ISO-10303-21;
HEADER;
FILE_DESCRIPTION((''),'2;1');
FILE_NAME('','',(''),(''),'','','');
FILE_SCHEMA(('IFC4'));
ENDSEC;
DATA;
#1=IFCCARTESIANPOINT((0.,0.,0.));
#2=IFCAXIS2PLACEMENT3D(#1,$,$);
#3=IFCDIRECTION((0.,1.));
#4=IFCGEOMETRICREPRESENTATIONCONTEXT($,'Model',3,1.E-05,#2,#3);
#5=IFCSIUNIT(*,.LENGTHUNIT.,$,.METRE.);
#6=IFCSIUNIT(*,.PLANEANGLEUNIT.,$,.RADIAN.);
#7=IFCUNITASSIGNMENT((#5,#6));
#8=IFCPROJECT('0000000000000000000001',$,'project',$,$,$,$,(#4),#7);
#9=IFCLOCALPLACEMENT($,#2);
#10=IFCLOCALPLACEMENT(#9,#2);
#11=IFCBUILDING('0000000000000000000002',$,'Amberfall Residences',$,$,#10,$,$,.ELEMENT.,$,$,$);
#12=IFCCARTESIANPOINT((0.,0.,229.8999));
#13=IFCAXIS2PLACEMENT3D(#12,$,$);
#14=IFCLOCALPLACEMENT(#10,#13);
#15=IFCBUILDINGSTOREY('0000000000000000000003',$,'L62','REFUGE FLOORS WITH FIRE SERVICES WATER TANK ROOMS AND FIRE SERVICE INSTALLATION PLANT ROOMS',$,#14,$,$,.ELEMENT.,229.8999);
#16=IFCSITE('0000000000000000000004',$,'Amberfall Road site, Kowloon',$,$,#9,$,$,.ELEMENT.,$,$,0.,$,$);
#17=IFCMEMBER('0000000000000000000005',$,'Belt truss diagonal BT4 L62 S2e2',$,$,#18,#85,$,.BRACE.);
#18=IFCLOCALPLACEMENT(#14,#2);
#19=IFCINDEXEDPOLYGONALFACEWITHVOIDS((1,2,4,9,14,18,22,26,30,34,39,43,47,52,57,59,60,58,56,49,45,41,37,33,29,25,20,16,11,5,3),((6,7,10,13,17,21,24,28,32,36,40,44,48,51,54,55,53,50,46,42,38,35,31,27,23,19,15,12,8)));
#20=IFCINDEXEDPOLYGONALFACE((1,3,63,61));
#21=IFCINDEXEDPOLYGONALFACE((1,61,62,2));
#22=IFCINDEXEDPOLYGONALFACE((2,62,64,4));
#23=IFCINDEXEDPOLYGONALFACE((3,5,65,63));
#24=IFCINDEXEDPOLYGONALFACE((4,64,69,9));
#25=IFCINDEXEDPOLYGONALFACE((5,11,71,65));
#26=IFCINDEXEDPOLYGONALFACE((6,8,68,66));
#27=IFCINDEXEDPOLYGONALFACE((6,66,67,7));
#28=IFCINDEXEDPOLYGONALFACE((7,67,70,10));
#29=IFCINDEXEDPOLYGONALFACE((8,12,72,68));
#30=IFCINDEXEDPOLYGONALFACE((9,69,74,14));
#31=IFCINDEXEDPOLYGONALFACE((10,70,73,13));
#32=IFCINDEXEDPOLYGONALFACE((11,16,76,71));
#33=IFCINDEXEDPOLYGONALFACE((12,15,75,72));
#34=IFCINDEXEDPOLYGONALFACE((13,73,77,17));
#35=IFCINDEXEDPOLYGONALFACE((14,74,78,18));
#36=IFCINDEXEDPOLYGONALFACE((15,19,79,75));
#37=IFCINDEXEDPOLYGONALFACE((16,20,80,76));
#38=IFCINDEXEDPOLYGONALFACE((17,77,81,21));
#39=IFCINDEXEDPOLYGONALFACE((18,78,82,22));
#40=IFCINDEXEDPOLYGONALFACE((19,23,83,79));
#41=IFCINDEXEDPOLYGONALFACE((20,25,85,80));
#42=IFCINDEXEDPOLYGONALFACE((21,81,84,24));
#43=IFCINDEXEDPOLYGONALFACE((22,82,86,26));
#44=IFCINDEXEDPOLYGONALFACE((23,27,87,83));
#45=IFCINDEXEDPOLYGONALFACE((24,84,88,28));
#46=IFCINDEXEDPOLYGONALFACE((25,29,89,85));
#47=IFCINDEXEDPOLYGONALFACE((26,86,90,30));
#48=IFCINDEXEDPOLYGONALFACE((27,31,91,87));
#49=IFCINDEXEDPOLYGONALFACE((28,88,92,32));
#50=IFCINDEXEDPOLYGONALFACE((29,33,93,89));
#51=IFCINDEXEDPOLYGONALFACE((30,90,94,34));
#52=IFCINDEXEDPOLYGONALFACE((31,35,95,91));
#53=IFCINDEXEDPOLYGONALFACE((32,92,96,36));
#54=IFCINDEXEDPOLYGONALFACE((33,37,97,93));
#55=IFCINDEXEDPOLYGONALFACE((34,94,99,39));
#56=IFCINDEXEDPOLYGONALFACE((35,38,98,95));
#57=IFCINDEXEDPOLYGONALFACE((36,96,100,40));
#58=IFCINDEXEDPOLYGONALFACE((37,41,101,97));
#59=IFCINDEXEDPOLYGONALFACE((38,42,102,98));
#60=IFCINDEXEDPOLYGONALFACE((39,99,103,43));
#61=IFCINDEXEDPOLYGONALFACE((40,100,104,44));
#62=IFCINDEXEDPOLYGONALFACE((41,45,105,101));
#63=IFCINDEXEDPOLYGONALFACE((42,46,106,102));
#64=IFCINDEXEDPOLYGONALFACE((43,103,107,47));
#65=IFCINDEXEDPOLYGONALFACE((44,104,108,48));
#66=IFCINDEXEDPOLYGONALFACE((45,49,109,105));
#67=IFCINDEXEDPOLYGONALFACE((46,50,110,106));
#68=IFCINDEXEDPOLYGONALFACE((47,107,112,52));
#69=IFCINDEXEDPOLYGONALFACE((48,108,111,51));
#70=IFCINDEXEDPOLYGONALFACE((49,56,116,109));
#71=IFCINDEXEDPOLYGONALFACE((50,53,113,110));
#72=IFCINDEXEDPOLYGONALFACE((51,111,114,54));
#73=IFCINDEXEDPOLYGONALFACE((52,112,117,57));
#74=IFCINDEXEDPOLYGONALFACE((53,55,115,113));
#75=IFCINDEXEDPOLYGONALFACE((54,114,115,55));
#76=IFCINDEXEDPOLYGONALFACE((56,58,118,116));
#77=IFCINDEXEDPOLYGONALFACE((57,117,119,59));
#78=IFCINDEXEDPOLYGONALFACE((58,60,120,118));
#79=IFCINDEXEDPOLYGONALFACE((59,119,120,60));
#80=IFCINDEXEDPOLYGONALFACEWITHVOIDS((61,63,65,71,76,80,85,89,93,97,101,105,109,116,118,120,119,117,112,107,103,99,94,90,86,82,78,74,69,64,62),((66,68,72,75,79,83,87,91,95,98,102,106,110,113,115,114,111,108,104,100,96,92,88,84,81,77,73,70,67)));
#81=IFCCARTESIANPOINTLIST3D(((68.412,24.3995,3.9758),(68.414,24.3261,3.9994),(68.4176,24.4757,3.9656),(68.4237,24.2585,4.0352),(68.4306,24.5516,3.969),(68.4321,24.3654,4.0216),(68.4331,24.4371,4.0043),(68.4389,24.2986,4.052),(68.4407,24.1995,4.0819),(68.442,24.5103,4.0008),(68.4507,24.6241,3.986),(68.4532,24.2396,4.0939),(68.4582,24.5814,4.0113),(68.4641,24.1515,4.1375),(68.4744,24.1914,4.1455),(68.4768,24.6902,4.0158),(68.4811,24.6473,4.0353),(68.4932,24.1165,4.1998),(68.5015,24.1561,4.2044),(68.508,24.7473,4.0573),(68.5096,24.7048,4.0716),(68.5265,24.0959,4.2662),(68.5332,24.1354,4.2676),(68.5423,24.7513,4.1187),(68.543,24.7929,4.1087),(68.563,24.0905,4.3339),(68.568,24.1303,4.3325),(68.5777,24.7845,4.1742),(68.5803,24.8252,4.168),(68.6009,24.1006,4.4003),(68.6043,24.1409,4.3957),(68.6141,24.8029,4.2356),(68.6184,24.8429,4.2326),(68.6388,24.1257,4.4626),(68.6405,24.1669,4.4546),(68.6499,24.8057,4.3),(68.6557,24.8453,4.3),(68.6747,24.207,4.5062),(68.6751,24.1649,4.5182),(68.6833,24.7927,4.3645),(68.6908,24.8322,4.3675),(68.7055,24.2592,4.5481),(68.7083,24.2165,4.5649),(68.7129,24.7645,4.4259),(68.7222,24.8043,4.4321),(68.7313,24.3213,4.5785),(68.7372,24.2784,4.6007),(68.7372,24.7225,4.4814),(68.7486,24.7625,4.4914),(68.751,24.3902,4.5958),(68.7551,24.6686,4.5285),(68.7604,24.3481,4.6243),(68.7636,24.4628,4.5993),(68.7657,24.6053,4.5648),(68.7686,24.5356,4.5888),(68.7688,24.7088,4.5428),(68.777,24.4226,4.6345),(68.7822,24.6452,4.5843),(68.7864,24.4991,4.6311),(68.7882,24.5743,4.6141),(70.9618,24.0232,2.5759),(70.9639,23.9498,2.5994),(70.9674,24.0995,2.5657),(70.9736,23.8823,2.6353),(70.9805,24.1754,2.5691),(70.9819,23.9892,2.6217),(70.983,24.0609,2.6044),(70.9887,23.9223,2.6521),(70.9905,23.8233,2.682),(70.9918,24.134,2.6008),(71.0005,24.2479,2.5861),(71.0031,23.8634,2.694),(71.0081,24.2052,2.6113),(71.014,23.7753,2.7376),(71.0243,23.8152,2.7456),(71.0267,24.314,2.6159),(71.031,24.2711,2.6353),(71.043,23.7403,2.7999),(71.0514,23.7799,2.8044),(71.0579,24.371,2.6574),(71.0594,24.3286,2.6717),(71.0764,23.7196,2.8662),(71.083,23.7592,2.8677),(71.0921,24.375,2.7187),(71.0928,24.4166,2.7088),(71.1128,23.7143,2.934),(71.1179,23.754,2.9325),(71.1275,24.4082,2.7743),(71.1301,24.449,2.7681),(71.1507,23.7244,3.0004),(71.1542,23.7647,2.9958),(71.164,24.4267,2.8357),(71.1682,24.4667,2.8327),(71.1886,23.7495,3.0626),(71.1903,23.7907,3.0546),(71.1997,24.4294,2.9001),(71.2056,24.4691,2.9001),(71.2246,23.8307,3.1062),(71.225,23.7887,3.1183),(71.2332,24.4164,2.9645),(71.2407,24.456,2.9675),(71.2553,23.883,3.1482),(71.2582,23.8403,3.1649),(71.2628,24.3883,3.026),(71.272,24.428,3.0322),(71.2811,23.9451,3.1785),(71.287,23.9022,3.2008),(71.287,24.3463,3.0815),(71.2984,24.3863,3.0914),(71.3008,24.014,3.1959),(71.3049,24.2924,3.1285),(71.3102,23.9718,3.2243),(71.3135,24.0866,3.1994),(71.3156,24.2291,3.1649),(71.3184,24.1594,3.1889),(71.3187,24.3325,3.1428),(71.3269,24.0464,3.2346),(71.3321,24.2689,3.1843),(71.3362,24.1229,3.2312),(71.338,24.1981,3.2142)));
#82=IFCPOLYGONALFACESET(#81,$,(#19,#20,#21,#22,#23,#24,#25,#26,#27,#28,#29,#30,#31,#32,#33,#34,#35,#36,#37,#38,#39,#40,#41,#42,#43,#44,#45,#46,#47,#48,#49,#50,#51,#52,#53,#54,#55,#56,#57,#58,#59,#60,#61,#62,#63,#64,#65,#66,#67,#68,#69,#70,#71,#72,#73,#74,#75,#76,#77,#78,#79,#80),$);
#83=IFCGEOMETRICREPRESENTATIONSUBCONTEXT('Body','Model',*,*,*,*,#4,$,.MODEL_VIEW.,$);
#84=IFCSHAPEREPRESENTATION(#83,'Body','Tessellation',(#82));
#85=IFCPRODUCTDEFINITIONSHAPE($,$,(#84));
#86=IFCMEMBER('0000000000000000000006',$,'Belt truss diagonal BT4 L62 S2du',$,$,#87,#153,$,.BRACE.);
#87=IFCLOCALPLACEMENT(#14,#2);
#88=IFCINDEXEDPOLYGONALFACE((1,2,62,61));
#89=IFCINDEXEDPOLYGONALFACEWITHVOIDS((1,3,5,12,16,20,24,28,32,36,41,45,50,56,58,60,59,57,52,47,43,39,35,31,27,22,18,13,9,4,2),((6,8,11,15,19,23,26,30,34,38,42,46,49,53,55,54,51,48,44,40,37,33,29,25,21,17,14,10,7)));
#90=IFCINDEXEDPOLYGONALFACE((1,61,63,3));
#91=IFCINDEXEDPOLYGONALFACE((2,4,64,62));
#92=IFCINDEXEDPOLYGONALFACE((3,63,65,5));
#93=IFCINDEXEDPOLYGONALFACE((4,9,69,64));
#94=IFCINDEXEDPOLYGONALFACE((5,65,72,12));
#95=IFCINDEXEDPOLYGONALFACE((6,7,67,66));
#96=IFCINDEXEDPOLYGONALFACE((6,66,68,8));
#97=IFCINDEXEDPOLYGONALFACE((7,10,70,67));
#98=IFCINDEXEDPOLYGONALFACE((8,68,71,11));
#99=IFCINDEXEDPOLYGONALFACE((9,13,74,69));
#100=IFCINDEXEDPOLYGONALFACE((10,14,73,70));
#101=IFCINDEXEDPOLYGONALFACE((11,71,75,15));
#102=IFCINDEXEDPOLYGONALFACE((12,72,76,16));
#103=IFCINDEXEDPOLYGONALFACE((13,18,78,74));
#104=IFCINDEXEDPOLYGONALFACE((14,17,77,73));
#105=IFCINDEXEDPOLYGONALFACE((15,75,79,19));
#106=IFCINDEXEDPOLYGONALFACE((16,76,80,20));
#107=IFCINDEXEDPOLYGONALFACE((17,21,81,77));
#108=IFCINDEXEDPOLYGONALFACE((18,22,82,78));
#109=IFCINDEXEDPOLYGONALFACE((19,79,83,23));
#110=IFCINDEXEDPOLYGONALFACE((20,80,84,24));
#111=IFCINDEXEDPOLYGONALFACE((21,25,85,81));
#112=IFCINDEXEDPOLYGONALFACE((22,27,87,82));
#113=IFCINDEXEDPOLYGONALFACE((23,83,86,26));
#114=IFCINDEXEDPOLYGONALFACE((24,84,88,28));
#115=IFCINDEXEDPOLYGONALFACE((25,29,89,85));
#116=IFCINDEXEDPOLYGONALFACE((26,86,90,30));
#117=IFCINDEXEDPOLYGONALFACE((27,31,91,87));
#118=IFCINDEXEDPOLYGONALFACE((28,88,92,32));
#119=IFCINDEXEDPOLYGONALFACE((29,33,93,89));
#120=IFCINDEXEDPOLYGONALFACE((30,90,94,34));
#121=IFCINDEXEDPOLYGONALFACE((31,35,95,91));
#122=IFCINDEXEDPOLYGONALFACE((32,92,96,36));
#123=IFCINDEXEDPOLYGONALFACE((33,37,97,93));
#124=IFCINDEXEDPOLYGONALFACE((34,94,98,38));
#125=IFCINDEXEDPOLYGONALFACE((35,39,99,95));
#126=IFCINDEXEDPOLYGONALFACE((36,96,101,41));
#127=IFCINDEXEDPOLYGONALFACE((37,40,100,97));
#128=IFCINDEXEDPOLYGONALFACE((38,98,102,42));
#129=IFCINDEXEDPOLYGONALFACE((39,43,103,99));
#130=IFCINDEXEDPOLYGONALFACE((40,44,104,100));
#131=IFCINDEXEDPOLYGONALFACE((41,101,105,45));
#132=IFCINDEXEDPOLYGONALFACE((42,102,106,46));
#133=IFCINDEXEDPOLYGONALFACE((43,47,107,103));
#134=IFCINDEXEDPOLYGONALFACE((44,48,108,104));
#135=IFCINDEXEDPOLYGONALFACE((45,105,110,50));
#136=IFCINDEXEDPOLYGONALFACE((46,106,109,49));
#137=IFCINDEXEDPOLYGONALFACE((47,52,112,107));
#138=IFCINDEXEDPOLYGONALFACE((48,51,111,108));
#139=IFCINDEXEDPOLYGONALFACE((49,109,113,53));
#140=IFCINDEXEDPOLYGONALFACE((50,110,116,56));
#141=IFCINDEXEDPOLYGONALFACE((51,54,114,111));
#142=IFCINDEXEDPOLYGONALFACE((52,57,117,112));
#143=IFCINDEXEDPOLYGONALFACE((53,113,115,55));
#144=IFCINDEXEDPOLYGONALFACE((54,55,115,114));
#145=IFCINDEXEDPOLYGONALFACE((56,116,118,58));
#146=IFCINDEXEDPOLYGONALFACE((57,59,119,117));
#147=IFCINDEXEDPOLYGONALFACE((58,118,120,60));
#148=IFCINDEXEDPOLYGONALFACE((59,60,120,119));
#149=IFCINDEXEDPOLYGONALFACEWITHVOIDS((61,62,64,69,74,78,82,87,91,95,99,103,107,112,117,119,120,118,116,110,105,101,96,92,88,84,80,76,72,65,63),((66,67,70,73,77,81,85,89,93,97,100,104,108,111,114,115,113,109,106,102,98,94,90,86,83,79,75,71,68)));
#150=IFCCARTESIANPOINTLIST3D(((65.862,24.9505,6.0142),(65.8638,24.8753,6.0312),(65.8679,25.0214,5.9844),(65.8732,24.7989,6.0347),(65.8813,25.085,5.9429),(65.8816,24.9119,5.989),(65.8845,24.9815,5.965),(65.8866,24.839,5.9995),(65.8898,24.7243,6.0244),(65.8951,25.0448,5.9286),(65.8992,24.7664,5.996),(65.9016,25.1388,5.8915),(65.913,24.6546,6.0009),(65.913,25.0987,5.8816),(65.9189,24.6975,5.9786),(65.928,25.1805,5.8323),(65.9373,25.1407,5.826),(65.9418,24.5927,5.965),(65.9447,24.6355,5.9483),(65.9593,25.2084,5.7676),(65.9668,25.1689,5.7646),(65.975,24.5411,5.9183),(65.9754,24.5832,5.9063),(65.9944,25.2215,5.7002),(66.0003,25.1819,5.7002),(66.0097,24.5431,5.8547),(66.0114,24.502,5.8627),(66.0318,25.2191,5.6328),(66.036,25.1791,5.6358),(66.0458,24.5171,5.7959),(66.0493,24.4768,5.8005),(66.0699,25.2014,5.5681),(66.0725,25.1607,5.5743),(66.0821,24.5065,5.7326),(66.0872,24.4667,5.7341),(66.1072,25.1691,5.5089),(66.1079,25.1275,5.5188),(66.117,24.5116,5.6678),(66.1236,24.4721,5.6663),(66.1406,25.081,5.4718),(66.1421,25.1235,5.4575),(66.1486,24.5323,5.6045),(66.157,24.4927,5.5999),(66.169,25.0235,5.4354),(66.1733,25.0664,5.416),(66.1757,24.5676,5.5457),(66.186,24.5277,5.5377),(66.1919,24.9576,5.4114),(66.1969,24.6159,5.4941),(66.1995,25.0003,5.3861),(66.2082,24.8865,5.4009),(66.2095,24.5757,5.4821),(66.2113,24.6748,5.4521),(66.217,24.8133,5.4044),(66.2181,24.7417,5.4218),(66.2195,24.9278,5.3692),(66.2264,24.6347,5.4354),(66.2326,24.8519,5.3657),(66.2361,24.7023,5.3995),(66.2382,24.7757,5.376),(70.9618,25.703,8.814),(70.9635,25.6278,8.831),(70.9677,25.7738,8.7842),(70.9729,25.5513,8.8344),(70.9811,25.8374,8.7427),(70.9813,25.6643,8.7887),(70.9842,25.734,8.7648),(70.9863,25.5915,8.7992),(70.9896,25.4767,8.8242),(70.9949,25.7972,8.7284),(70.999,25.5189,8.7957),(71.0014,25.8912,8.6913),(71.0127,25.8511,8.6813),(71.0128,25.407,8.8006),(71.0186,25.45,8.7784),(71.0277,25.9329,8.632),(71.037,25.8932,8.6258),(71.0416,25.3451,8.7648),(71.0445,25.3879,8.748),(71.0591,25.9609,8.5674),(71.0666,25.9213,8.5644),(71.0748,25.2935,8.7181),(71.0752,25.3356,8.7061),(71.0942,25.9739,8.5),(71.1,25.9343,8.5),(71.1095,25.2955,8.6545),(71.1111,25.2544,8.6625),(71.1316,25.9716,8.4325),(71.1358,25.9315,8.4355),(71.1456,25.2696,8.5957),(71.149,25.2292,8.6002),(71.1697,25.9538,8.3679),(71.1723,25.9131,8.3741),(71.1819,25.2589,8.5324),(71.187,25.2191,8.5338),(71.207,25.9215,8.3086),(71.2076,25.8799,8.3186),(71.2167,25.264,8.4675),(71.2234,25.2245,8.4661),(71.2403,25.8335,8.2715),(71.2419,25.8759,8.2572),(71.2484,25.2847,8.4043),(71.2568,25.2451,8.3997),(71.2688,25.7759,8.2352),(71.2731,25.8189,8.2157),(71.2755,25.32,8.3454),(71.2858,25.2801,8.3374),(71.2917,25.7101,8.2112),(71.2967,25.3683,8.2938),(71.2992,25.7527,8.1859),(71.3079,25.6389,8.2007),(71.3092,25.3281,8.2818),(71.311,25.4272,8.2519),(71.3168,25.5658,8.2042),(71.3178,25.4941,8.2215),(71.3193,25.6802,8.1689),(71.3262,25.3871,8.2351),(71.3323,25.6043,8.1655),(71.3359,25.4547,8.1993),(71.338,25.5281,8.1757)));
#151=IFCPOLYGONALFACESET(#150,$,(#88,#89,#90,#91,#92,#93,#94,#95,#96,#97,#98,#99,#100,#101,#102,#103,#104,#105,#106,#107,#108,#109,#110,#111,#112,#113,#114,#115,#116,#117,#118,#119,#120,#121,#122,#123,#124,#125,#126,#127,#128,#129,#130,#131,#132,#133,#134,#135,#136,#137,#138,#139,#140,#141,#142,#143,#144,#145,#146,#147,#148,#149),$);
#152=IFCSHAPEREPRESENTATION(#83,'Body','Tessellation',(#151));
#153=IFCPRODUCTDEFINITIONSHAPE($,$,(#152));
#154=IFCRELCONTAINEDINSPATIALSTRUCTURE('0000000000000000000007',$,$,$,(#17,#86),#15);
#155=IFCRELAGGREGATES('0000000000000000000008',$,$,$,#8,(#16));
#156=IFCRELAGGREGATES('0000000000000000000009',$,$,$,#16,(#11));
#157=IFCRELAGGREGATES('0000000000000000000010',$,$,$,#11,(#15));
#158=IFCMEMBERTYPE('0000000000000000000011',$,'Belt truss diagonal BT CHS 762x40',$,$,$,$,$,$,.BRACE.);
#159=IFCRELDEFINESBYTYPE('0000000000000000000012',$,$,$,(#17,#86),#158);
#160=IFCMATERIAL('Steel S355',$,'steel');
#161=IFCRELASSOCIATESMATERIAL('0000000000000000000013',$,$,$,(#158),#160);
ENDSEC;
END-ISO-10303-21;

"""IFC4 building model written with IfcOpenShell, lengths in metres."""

from ifc_helpers import new_model, si_unit, direction, frame, origin, origin_2d, place, context, subcontext, project, spatial, hollow_circle, extrude, material, material_profile, profile_set, type_object, element, save


model = new_model("IFC4")

# Units and contexts
model_context = context("Model", 3, precision=1e-05, world=origin(), true_north=direction((0.0, 1.0)))
body_context = subcontext(model_context, "Body", "Model", "MODEL_VIEW")
ifc_project = project(units=[si_unit("LENGTHUNIT", "METRE"), si_unit("PLANEANGLEUNIT", "RADIAN")], contexts=[model_context])

# Site, building, storey
site_placement = place(None, origin())
site = spatial("IfcSite", under=ifc_project, at=site_placement, Name="Amberfall Road site, Kowloon", CompositionType="ELEMENT", RefElevation=0.0)
building_placement = place(site_placement, origin())
building = spatial("IfcBuilding", under=site, at=building_placement, Name="Amberfall Residences", CompositionType="ELEMENT")
storey_placement = place(building_placement, frame((0.0, 0.0, 229.8999)))
storey = spatial("IfcBuildingStorey", under=building, at=storey_placement, Name="L62", Description="REFUGE FLOORS WITH FIRE SERVICES WATER TANK ROOMS AND FIRE SERVICE INSTALLATION PLANT ROOMS", CompositionType="ELEMENT", Elevation=229.8999)

# Shared definitions
ifc_material_1 = material(Name="Steel S355", Category="steel")

# Members
ifc_material_profile_1 = material_profile(ifc_material_1, hollow_circle(Radius=0.3811, WallThickness=0.04, at=origin_2d()), Name="CHS 762x40")
ifc_profile_set_1 = profile_set([ifc_material_profile_1], Name="Steel S355")
member_type_1 = type_object("IfcMemberType", Name="Belt truss diagonal BT CHS 762x40", PredefinedType="BRACE", material=ifc_profile_set_1)
member_1_placement = place(storey_placement, frame((68.6001, 24.4683, 4.3), z_axis=(0.869336, -0.12827, -0.477286), x_axis=(0.145968, 0.989289, 0.0)))
element("IfcMember", 1, at=member_1_placement, inside=storey, type_object=member_type_1, Name="Belt truss diagonal BT4 L62 S2e2", PredefinedType="BRACE", context=body_context, shape_type="SweptSolid", body=[
    extrude(hollow_circle(Radius=0.3811, WallThickness=0.04, at=origin_2d()), origin(), (0.0, 0.0, 1.0), 2.9331),
])
member_2_placement = place(storey_placement, frame((66.05, 24.8445, 5.7002), z_axis=(0.869346, 0.128265, 0.477269), x_axis=(-0.145962, 0.98929, 0.0)))
element("IfcMember", 2, at=member_2_placement, inside=storey, type_object=member_type_1, Name="Belt truss diagonal BT4 L62 S2du", PredefinedType="BRACE", context=body_context, shape_type="SweptSolid", body=[
    extrude(hollow_circle(Radius=0.3811, WallThickness=0.04, at=origin_2d()), origin(), (0.0, 0.0, 1.0), 5.8662),
])

save(model, "model.ifc")
